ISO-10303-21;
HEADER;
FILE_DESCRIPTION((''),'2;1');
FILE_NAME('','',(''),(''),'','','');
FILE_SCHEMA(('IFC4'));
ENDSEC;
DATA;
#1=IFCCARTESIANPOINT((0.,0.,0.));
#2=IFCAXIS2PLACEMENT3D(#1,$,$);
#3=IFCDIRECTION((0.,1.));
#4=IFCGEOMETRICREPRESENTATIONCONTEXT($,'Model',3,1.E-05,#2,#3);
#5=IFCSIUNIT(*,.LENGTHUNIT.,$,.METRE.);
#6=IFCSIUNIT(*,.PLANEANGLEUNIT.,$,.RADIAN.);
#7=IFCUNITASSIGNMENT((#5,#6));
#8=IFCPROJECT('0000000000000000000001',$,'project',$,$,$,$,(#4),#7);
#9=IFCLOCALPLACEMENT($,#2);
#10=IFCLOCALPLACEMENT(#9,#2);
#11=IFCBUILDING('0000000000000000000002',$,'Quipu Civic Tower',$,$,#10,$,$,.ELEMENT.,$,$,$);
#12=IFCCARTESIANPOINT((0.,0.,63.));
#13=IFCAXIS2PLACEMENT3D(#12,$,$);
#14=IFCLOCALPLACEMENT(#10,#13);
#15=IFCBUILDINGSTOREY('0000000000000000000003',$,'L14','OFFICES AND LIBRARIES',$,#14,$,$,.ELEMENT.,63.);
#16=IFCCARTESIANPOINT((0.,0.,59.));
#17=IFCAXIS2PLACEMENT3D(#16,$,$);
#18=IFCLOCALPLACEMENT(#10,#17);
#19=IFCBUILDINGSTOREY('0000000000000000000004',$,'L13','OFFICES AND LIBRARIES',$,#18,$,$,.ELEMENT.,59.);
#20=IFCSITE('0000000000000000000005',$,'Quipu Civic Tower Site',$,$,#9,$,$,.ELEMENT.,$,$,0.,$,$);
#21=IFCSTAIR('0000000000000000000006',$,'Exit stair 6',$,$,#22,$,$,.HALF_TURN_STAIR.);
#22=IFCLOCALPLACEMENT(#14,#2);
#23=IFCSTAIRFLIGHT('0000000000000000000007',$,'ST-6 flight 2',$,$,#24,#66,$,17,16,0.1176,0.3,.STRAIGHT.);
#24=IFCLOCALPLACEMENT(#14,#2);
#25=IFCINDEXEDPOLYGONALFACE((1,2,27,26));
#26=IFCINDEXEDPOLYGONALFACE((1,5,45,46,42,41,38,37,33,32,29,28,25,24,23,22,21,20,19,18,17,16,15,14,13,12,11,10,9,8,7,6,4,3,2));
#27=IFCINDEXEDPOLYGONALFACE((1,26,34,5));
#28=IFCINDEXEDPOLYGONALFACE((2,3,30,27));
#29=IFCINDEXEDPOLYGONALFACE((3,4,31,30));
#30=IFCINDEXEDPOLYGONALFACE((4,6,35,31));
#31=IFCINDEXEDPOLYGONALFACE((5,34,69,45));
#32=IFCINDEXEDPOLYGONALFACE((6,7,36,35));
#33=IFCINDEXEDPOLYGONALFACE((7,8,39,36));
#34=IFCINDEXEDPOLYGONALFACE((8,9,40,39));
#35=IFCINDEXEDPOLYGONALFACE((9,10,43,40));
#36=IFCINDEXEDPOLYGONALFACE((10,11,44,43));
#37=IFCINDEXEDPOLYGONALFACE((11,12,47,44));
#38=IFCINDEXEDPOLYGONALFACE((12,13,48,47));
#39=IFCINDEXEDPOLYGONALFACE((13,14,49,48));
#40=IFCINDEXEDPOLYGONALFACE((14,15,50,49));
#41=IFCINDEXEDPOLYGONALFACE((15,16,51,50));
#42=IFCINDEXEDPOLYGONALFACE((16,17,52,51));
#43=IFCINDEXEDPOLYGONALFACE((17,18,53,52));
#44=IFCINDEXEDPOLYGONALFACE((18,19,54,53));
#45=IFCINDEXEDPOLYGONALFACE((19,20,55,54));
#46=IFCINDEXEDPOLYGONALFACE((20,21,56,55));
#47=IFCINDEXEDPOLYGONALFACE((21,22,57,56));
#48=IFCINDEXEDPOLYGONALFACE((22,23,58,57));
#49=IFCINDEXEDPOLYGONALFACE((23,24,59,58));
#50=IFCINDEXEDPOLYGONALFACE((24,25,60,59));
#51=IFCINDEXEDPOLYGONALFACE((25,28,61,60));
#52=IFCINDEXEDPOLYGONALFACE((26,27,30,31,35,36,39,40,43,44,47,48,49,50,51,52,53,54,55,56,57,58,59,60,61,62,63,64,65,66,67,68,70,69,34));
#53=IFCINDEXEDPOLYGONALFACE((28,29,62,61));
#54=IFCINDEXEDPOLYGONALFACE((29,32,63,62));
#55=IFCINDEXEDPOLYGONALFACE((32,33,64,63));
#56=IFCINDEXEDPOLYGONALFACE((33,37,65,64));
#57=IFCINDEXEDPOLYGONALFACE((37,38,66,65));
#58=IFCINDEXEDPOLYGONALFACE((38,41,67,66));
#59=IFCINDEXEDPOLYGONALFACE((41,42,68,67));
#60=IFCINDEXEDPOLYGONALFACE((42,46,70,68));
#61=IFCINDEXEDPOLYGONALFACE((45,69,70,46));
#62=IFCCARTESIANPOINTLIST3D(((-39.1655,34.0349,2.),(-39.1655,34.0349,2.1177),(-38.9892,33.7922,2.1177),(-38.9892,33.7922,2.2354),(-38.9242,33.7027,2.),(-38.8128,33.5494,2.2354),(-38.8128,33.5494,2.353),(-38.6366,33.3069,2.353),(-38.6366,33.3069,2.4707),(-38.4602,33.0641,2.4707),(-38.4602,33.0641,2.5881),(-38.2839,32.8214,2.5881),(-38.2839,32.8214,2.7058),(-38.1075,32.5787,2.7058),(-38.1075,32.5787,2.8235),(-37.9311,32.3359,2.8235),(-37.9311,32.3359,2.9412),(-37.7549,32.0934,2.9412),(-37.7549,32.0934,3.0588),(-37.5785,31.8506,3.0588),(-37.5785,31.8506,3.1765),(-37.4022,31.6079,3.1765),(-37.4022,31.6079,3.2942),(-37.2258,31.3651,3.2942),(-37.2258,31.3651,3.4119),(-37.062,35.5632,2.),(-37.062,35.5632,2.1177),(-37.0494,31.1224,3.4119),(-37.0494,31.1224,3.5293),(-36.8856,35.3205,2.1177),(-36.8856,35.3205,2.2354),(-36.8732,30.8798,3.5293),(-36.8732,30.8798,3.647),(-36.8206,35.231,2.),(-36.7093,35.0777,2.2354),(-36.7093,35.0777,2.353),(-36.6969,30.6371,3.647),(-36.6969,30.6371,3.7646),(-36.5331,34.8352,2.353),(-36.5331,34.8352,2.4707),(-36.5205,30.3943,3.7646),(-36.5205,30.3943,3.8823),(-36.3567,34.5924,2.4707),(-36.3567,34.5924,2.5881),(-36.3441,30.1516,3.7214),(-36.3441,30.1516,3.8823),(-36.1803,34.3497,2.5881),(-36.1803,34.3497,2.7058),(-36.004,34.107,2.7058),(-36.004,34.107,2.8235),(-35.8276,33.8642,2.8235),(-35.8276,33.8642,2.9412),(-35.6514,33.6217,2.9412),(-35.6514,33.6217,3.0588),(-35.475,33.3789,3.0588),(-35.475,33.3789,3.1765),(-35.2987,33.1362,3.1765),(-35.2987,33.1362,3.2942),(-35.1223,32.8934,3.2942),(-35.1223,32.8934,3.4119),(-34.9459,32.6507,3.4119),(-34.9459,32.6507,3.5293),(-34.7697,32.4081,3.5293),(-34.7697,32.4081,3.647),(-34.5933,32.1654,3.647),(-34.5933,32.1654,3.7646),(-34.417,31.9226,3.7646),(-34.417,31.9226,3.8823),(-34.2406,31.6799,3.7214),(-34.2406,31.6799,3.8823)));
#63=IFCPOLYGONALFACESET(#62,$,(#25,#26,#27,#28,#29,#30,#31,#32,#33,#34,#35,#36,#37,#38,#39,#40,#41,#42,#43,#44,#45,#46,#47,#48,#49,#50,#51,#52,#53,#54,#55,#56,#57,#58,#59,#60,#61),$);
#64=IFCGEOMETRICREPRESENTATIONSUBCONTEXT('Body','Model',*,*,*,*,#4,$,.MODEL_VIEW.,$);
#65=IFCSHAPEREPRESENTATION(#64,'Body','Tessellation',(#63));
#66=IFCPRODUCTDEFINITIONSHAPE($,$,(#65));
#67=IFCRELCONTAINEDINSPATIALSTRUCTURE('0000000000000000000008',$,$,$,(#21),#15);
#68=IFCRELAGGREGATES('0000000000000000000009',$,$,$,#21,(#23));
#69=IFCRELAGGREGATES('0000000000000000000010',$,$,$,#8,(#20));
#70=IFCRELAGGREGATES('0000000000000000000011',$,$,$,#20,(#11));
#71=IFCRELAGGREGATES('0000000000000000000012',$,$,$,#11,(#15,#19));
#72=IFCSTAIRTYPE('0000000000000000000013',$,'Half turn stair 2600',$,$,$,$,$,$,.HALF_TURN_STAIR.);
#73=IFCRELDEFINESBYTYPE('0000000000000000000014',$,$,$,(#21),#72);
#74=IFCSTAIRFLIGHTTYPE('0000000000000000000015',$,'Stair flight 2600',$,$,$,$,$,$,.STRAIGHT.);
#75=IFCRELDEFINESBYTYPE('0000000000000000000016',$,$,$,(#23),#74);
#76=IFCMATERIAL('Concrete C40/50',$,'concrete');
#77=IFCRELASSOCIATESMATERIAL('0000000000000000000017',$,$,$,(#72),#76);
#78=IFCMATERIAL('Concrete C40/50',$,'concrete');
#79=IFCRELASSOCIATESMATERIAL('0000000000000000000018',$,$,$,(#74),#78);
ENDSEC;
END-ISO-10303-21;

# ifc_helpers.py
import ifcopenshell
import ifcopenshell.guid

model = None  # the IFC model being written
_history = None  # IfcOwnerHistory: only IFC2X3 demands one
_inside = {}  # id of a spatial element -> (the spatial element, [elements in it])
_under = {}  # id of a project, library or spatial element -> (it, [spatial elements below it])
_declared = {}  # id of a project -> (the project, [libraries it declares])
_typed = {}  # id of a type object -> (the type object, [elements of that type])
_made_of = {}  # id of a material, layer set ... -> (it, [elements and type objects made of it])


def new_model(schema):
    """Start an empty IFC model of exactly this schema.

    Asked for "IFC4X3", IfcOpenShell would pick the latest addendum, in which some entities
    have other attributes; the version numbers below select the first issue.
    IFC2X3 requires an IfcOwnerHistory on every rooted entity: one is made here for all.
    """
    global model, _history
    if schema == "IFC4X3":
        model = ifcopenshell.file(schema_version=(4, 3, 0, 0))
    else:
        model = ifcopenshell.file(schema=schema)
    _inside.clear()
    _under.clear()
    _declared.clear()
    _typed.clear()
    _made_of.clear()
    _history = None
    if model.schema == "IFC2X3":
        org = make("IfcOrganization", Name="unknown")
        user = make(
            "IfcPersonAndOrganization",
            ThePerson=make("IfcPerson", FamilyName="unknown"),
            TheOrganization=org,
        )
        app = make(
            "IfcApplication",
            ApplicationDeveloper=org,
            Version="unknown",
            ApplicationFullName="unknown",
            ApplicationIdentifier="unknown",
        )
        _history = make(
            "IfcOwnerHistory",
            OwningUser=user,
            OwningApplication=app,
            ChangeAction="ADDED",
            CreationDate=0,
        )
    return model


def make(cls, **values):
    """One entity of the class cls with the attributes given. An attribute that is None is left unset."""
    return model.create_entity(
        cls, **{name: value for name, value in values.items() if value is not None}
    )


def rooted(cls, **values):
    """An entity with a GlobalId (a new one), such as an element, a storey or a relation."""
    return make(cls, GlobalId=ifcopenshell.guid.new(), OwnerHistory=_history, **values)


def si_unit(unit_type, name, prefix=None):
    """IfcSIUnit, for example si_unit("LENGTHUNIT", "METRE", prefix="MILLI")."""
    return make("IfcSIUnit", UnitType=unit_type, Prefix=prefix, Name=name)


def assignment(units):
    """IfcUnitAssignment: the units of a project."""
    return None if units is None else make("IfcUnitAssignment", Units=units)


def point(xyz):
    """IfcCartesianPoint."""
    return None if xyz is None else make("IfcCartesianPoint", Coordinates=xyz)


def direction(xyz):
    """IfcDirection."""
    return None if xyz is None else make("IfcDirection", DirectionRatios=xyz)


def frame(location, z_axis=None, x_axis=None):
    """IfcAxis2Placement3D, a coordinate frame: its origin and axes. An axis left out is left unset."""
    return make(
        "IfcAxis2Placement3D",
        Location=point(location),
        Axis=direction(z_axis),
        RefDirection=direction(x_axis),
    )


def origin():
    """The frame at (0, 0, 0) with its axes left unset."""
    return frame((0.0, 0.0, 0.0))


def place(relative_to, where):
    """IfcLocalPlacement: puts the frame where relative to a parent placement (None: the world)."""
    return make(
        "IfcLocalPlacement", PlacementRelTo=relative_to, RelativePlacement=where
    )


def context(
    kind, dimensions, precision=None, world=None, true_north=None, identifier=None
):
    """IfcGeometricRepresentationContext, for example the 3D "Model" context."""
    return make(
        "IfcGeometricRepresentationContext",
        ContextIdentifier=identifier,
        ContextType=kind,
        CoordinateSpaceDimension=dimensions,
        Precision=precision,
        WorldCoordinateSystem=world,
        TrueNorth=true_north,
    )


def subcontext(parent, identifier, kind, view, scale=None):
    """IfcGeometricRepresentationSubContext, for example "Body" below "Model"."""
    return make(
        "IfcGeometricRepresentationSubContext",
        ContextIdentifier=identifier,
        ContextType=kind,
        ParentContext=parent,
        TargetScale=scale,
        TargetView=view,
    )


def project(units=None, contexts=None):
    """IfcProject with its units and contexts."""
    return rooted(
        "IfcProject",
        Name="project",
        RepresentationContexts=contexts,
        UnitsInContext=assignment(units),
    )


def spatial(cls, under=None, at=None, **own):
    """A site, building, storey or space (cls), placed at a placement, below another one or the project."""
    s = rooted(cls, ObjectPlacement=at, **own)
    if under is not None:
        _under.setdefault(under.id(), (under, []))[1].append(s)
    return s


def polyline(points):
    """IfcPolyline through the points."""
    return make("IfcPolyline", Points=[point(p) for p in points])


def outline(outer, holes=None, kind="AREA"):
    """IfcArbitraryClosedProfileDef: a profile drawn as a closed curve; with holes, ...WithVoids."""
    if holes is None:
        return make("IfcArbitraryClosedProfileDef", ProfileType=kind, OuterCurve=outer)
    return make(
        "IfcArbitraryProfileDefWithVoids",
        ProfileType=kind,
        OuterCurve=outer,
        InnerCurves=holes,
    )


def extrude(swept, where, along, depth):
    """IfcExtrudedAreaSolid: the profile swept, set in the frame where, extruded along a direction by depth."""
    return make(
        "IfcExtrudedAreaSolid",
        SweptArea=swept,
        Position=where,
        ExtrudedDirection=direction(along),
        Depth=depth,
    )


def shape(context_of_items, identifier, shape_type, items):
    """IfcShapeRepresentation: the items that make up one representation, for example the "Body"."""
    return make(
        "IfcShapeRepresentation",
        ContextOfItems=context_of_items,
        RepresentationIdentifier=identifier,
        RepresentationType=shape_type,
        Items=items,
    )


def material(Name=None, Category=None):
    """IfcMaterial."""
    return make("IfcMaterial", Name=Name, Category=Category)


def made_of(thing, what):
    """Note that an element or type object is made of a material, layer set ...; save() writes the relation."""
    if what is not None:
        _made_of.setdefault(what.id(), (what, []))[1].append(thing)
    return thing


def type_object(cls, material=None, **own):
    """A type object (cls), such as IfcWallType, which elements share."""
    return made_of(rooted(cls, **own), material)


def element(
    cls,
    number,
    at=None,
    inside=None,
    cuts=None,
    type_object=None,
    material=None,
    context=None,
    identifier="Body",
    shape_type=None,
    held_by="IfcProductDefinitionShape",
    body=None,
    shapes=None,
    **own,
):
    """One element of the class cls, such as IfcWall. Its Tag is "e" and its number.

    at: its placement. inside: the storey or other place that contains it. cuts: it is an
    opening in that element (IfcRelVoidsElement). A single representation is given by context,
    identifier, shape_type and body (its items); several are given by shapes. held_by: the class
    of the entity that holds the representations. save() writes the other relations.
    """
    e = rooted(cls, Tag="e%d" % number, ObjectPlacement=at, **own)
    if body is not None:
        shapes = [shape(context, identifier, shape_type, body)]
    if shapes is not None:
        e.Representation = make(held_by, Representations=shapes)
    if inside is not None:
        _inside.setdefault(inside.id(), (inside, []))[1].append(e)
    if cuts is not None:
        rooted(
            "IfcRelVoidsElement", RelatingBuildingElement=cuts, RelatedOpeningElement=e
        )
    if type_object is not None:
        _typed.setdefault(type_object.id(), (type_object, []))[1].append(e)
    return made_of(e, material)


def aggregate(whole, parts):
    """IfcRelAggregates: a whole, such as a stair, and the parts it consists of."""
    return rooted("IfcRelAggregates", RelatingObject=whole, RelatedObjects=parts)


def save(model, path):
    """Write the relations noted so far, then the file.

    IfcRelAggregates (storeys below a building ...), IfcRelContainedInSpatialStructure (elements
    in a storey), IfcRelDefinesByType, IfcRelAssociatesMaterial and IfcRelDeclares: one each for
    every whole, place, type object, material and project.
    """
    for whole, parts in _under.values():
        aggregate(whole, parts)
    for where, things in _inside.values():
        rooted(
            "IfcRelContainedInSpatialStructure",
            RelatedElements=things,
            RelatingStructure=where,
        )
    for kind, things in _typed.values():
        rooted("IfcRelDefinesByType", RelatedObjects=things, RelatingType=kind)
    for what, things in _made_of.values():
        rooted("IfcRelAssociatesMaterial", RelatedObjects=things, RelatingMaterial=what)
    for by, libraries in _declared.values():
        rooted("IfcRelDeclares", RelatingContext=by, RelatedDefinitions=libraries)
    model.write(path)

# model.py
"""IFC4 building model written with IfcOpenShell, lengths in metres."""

from ifc_helpers import new_model, si_unit, direction, frame, origin, place, context, subcontext, project, spatial, polyline, outline, extrude, material, type_object, element, aggregate, save


model = new_model("IFC4")

# Units and contexts
model_context = context("Model", 3, precision=1e-05, world=origin(), true_north=direction((0.0, 1.0)))
body_context = subcontext(model_context, "Body", "Model", "MODEL_VIEW")
ifc_project = project(units=[si_unit("LENGTHUNIT", "METRE"), si_unit("PLANEANGLEUNIT", "RADIAN")], contexts=[model_context])

# Site, building, storey
site_placement = place(None, origin())
site = spatial("IfcSite", under=ifc_project, at=site_placement, Name="Quipu Civic Tower Site", CompositionType="ELEMENT", RefElevation=0.0)
building_placement = place(site_placement, origin())
building = spatial("IfcBuilding", under=site, at=building_placement, Name="Quipu Civic Tower", CompositionType="ELEMENT")
storey_1_placement = place(building_placement, frame((0.0, 0.0, 63.0)))
storey_1 = spatial("IfcBuildingStorey", under=building, at=storey_1_placement, Name="L14", Description="OFFICES AND LIBRARIES", CompositionType="ELEMENT", Elevation=63.0)

# Shared definitions
storey_2_placement = place(building_placement, frame((0.0, 0.0, 59.0)))
storey_2 = spatial("IfcBuildingStorey", under=building, at=storey_2_placement, Name="L13", Description="OFFICES AND LIBRARIES", CompositionType="ELEMENT", Elevation=59.0)

# Stair, stair flight
ifc_material_1 = material(Name="Concrete C40/50", Category="concrete")
stair_type = type_object("IfcStairType", Name="Half turn stair 2600", PredefinedType="HALF_TURN_STAIR", material=ifc_material_1)
stair_placement = place(storey_1_placement, origin())
stair = element("IfcStair", 1, at=stair_placement, inside=storey_1, type_object=stair_type, Name="Exit stair 6", PredefinedType="HALF_TURN_STAIR")
ifc_material_2 = material(Name="Concrete C40/50", Category="concrete")
stair_flight_type = type_object("IfcStairFlightType", Name="Stair flight 2600", PredefinedType="STRAIGHT", material=ifc_material_2)
stair_flight_1_placement = place(storey_1_placement, frame((-38.1138, 34.7991, 2.0), z_axis=(0.0, 0.0, 1.0), x_axis=(0.587785, -0.809017, 0.0)))
stair_flight_1 = element("IfcStairFlight", 2, at=stair_flight_1_placement, type_object=stair_flight_type, Name="ST-6 flight 2", NumberOfRisers=17, NumberOfTreads=16, PredefinedType="STRAIGHT", RiserHeight=0.1176, TreadLength=0.3, context=body_context, shape_type="SweptSolid", body=[
    extrude(outline(polyline([(0.0, 0.0), (0.0, 0.1177), (0.3, 0.1177), (0.3, 0.2354), (0.6001, 0.2354), (0.6001, 0.353), (0.8999, 0.353), (0.8999, 0.4707), (1.2, 0.4707), (1.2, 0.5881), (1.5, 0.5881), (1.5, 0.7058), (1.8, 0.7058), (1.8, 0.8235), (2.1001, 0.8235), (2.1001, 0.9412), (2.3999, 0.9412), (2.3999, 1.0588), (2.7, 1.0588), (2.7, 1.1765), (3.0, 1.1765), (3.0, 1.2942), (3.3, 1.2942), (3.3, 1.4119), (3.6001, 1.4119), (3.6001, 1.5293), (3.8999, 1.5293), (3.8999, 1.647), (4.2, 1.647), (4.2, 1.7646), (4.5, 1.7646), (4.5, 1.8823), (4.8, 1.8823), (4.8, 2.0), (4.8, 1.7214), (0.4106, 0.0), (0.0, 0.0)])), frame((0.0, 1.3, 0.0), z_axis=(0.0, -1.0, 0.0), x_axis=(1.0, 0.0, 0.0)), (0.0, 0.0, 1.0), 2.6001),
])
aggregate(stair, [stair_flight_1])

save(model, "model.ifc")
